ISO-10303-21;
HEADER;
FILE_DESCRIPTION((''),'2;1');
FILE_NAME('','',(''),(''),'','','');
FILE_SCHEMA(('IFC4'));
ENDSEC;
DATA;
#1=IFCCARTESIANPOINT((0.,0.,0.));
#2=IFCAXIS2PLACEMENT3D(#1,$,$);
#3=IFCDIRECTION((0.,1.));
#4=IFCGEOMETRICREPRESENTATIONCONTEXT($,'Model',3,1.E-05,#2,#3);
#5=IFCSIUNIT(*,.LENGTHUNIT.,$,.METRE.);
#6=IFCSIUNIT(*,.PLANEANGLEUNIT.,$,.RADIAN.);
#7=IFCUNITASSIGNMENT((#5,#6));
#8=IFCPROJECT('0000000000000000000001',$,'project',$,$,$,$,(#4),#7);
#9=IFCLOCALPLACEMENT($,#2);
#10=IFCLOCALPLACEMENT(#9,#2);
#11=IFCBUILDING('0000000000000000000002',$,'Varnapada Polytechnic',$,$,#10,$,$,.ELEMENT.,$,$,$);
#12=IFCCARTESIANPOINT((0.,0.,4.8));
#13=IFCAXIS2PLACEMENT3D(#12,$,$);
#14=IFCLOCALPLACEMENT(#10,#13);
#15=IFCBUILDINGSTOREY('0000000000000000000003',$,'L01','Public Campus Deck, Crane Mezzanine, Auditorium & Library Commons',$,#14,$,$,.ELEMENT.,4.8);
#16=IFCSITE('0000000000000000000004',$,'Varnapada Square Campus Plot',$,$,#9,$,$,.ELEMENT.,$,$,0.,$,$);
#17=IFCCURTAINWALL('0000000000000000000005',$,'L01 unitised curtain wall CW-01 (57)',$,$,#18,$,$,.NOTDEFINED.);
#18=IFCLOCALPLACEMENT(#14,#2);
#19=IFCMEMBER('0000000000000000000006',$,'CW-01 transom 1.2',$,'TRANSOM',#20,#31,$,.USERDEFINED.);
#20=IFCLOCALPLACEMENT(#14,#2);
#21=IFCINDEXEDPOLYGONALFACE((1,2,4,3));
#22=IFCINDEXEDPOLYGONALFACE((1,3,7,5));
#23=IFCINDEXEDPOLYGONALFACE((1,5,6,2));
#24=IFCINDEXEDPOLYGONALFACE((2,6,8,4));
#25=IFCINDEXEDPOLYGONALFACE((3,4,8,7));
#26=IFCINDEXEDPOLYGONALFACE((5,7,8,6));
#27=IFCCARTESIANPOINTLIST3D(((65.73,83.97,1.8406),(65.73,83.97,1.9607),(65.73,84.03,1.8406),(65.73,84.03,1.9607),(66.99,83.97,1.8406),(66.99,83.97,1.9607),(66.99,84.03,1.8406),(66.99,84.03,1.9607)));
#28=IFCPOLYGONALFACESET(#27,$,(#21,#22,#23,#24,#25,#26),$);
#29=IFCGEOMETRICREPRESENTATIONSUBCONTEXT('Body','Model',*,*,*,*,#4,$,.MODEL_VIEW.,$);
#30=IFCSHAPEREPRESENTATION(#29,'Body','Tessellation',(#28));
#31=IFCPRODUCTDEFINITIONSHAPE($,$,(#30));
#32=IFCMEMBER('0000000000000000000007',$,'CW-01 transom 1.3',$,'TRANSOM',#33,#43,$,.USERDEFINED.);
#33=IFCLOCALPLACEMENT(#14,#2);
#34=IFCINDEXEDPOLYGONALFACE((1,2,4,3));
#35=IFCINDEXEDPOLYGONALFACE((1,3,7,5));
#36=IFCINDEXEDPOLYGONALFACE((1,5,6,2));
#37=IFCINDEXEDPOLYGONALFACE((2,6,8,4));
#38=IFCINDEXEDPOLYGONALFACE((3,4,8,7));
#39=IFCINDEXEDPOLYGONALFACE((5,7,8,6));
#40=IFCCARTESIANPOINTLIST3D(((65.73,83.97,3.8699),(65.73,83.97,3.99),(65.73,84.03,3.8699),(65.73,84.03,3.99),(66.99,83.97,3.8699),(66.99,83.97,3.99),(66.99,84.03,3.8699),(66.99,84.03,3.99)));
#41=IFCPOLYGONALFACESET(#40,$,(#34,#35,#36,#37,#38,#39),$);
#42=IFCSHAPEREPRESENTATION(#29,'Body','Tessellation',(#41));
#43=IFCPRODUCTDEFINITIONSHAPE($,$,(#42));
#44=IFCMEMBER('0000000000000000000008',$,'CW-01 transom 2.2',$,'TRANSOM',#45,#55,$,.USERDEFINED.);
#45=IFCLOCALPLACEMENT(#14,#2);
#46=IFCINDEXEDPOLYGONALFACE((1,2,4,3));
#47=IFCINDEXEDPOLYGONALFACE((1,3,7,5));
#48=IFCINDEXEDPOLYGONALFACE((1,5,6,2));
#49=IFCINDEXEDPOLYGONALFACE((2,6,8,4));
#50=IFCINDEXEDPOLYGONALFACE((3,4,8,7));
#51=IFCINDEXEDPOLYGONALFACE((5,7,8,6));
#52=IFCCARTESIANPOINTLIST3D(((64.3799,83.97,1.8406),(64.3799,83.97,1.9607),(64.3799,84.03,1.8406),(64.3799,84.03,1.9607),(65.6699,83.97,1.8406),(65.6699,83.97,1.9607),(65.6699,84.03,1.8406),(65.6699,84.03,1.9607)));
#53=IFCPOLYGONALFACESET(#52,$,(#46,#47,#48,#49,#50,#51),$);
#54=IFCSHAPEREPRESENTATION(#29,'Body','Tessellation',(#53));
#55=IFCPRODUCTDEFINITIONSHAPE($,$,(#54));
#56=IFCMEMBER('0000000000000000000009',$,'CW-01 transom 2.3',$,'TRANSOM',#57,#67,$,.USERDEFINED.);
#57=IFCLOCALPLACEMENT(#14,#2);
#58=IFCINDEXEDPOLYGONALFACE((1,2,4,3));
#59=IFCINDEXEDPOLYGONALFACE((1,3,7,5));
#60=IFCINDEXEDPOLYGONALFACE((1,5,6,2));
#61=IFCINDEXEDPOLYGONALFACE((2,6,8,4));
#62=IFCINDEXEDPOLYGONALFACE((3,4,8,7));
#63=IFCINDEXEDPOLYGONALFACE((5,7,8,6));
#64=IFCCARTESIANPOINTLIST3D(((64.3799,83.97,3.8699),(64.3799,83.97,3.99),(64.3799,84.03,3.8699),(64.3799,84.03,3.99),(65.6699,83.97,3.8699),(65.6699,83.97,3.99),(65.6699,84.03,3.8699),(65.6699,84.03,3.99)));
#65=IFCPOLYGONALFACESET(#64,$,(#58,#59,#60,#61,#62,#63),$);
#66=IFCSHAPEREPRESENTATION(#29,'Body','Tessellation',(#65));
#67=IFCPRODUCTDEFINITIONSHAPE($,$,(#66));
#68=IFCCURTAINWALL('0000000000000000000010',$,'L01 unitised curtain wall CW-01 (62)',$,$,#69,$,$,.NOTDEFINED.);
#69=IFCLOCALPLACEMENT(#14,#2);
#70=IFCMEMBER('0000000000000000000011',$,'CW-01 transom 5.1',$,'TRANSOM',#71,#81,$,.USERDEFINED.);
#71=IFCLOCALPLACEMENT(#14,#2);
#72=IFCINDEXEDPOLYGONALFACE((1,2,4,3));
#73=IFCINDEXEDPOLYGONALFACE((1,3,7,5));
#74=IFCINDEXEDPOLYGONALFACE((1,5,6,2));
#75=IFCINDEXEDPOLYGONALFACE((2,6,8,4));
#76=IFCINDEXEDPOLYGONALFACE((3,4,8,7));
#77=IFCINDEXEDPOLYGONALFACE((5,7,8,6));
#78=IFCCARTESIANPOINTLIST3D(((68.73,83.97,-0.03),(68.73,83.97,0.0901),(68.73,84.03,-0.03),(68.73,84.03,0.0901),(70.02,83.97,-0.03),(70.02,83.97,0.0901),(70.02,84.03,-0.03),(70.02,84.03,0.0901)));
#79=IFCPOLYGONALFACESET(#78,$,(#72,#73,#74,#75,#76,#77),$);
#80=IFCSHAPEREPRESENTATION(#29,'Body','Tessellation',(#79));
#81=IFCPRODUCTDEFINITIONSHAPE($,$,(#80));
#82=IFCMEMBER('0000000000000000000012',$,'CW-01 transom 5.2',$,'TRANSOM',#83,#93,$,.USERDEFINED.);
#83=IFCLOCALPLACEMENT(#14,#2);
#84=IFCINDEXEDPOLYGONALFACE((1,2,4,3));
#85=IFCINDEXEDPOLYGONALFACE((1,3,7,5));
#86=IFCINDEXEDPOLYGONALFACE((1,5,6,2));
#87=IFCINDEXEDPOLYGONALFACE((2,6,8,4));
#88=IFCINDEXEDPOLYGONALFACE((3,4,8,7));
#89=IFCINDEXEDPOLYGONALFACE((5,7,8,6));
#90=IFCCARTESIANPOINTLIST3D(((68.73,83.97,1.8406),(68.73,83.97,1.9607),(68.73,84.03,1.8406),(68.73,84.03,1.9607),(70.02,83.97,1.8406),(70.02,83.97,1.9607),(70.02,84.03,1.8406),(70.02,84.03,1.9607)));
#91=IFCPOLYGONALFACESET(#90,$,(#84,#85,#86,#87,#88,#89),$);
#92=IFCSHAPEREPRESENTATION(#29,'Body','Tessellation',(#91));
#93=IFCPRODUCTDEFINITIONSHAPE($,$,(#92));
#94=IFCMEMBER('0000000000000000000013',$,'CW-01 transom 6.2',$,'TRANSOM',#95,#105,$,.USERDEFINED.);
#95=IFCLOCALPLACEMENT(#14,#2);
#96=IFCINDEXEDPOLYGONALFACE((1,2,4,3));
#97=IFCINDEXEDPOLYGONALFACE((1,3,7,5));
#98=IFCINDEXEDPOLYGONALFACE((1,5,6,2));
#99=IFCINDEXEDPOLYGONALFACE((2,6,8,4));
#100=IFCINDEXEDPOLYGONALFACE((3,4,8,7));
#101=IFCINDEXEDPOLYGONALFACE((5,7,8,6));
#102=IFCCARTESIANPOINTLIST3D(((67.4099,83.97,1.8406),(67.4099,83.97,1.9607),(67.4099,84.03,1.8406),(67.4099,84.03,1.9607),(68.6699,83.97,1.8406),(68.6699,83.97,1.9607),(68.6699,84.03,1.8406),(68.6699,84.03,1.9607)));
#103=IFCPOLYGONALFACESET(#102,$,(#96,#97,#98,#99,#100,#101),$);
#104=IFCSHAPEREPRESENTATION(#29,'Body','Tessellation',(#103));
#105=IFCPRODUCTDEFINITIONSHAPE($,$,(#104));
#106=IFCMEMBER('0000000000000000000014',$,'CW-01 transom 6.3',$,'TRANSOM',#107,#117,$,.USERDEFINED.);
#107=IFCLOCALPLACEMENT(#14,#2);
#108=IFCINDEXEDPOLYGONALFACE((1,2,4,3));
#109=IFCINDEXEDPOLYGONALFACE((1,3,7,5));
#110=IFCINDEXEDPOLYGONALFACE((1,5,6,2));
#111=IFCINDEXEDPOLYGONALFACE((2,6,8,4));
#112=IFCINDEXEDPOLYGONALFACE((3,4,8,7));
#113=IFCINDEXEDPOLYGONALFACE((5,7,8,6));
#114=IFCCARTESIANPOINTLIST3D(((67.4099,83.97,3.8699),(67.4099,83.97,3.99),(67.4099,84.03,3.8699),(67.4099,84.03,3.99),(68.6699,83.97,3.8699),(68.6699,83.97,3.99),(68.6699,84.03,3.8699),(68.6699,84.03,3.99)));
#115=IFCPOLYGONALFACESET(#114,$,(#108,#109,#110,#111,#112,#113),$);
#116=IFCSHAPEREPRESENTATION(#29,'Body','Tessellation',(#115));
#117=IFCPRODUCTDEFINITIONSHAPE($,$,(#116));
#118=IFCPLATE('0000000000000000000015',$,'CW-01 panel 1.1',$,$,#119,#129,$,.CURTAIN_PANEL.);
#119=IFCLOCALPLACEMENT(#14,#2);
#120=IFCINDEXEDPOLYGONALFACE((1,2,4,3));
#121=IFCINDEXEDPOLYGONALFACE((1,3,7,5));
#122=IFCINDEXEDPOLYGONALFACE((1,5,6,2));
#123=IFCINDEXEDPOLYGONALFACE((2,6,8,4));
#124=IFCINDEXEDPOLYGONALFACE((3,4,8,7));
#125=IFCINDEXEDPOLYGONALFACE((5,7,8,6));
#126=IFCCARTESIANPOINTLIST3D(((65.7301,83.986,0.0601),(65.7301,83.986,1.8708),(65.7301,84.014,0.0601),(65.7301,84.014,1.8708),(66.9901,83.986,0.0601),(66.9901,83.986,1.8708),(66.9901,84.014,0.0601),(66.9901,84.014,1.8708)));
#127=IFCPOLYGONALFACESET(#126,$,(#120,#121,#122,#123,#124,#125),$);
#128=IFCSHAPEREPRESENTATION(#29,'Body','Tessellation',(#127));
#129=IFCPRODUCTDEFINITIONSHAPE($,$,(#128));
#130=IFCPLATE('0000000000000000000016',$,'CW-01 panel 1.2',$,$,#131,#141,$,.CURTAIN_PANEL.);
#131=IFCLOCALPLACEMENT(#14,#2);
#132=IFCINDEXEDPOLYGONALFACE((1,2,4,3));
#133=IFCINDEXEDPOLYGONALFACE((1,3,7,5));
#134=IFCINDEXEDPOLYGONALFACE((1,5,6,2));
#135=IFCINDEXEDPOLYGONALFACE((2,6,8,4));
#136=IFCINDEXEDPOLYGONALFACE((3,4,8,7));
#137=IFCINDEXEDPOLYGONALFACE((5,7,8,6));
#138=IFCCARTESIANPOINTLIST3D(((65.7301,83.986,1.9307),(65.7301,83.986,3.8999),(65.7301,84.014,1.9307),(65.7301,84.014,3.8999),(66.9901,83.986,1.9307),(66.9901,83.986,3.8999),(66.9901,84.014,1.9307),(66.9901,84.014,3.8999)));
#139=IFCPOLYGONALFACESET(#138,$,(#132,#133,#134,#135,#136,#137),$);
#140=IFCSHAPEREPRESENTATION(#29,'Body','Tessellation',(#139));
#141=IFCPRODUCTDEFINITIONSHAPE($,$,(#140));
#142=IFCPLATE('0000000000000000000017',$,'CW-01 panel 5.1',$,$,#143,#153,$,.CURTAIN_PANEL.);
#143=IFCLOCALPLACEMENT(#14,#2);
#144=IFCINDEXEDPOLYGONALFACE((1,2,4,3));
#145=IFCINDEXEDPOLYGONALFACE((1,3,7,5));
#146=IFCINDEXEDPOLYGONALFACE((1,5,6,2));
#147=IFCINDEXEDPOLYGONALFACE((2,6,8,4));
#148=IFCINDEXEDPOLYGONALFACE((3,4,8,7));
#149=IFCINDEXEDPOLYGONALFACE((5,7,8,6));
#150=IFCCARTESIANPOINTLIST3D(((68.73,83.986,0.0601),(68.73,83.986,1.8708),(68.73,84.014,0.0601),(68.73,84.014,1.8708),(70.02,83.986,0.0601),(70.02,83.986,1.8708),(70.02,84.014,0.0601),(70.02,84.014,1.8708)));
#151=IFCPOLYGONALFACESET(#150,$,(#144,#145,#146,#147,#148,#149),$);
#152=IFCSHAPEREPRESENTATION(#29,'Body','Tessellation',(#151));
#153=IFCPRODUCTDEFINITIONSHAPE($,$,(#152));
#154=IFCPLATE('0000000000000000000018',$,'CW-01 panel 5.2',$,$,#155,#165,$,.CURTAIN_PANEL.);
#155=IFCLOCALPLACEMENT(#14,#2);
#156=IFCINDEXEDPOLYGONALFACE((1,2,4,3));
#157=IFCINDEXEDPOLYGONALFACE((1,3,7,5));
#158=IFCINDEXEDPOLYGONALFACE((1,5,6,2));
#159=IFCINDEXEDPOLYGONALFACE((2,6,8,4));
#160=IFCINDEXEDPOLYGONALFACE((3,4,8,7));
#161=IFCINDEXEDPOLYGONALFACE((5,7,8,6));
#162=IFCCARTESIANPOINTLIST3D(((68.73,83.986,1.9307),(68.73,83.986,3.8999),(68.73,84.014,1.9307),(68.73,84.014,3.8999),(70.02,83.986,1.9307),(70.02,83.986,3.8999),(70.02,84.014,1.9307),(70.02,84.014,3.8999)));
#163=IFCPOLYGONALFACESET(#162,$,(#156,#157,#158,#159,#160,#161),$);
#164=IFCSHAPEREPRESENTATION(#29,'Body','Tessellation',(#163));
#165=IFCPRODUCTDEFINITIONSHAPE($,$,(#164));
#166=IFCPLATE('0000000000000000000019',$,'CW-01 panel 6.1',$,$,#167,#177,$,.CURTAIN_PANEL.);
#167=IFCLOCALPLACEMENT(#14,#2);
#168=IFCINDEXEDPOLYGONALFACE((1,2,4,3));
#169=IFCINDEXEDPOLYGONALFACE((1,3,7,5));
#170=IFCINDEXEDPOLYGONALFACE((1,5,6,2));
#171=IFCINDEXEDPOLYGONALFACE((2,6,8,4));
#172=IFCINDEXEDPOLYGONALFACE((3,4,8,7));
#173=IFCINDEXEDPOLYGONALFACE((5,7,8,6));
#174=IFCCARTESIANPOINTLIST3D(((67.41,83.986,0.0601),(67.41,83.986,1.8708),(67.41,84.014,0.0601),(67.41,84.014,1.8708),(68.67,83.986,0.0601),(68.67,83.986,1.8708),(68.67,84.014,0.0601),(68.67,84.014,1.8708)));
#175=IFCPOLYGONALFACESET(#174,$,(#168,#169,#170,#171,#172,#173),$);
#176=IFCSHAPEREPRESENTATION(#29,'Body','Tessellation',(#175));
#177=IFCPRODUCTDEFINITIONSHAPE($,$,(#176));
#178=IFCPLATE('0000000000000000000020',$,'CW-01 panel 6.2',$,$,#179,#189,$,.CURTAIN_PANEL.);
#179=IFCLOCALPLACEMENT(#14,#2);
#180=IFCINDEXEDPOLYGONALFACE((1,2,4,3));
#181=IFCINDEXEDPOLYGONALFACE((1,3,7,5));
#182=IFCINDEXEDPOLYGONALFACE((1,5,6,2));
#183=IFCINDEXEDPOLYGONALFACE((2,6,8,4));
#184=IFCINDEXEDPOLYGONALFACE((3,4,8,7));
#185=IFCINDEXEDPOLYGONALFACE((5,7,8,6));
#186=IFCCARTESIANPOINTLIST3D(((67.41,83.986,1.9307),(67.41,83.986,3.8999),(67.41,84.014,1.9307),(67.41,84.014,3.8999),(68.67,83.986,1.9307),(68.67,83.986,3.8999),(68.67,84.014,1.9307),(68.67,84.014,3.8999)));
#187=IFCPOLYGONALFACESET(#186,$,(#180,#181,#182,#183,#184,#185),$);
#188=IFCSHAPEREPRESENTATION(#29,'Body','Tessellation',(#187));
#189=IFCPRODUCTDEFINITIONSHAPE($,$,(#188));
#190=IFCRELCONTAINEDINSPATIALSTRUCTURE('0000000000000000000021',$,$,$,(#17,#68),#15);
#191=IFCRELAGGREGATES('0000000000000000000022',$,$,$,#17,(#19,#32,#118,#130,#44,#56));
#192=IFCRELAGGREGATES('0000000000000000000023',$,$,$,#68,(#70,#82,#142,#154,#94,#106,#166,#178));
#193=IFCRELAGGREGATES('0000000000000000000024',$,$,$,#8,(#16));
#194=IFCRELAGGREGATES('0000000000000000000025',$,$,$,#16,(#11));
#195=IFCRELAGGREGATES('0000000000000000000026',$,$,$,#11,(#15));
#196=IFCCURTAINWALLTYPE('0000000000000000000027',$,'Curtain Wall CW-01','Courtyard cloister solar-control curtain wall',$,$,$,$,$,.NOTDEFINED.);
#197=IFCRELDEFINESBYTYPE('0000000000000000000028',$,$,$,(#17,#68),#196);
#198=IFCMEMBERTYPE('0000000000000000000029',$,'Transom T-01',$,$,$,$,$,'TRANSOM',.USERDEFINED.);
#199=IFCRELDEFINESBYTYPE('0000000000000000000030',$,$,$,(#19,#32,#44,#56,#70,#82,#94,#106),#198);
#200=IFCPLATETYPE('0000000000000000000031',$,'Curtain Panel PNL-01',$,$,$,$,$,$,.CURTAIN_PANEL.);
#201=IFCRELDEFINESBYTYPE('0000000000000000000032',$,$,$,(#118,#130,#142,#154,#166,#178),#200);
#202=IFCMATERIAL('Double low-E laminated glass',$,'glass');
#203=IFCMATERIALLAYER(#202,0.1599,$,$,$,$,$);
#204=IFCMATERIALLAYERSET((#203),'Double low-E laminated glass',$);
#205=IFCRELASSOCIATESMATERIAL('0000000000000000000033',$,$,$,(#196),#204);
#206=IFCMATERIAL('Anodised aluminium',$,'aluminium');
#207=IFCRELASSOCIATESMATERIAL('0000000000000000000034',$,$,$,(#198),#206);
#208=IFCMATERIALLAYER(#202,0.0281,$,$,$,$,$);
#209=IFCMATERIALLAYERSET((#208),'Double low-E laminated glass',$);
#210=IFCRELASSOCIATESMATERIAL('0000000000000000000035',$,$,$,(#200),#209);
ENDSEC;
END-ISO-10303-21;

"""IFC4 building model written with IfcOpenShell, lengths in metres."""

from ifc_helpers import new_model, si_unit, direction, frame, origin, origin_2d, place, context, subcontext, project, spatial, rectangle, extrude, material, layer, layer_set, material_profile, profile_set, type_object, element, aggregate, save


model = new_model("IFC4")

# Units and contexts
model_context = context("Model", 3, precision=1e-05, world=origin(), true_north=direction((0.0, 1.0)))
body_context = subcontext(model_context, "Body", "Model", "MODEL_VIEW")
ifc_project = project(units=[si_unit("LENGTHUNIT", "METRE"), si_unit("PLANEANGLEUNIT", "RADIAN")], contexts=[model_context])

# Site, building, storey
site_placement = place(None, origin())
site = spatial("IfcSite", under=ifc_project, at=site_placement, Name="Varnapada Square Campus Plot", CompositionType="ELEMENT", RefElevation=0.0)
building_placement = place(site_placement, origin())
building = spatial("IfcBuilding", under=site, at=building_placement, Name="Varnapada Polytechnic", CompositionType="ELEMENT")
storey_placement = place(building_placement, frame((0.0, 0.0, 4.8)))
storey = spatial("IfcBuildingStorey", under=building, at=storey_placement, Name="L01", Description="Public Campus Deck, Crane Mezzanine, Auditorium & Library Commons", CompositionType="ELEMENT", Elevation=4.8)

# Curtain walls, members
ifc_material_1 = material(Name="Double low-E laminated glass", Category="glass")
ifc_layer_1 = layer(ifc_material_1, 0.1599)
ifc_layer_set_1 = layer_set([ifc_layer_1], Name="Double low-E laminated glass")
curtain_wall_type = type_object("IfcCurtainWallType", Name="Curtain Wall CW-01", Description="Courtyard cloister solar-control curtain wall", PredefinedType="NOTDEFINED", material=ifc_layer_set_1)
curtain_wall_1_placement = place(storey_placement, origin())
curtain_wall_1 = element("IfcCurtainWall", 1, at=curtain_wall_1_placement, inside=storey, type_object=curtain_wall_type, Name="L01 unitised curtain wall CW-01 (57)", PredefinedType="NOTDEFINED")
ifc_material_2 = material(Name="Anodised aluminium", Category="aluminium")
ifc_material_profile = material_profile(ifc_material_2, rectangle(XDim=0.0601, YDim=0.1201, at=origin_2d()), Name="ALU T60x120")
ifc_profile_set = profile_set([ifc_material_profile], Name="Anodised aluminium")
member_type = type_object("IfcMemberType", Name="Transom T-01", ElementType="TRANSOM", PredefinedType="USERDEFINED", material=ifc_profile_set)
member_1_placement = place(storey_placement, frame((66.99, 84.0, 1.9006), z_axis=(-1.0, 0.0, 0.0), x_axis=(0.0, -1.0, 0.0)))
member_1 = element("IfcMember", 2, at=member_1_placement, type_object=member_type, Name="CW-01 transom 1.2", ObjectType="TRANSOM", PredefinedType="USERDEFINED", context=body_context, shape_type="SweptSolid", body=[
    extrude(rectangle(XDim=0.0601, YDim=0.1201, at=origin_2d()), origin(), (0.0, 0.0, 1.0), 1.26),
])
member_2_placement = place(storey_placement, frame((66.99, 84.0, 3.9299), z_axis=(-1.0, 0.0, 0.0), x_axis=(0.0, -1.0, 0.0)))
member_2 = element("IfcMember", 3, at=member_2_placement, type_object=member_type, Name="CW-01 transom 1.3", ObjectType="TRANSOM", PredefinedType="USERDEFINED", context=body_context, shape_type="SweptSolid", body=[
    extrude(rectangle(XDim=0.0601, YDim=0.1201, at=origin_2d()), origin(), (0.0, 0.0, 1.0), 1.26),
])
member_3_placement = place(storey_placement, frame((65.6699, 84.0, 1.9006), z_axis=(-1.0, 0.0, 0.0), x_axis=(0.0, -1.0, 0.0)))
member_3 = element("IfcMember", 4, at=member_3_placement, type_object=member_type, Name="CW-01 transom 2.2", ObjectType="TRANSOM", PredefinedType="USERDEFINED", context=body_context, shape_type="SweptSolid", body=[
    extrude(rectangle(XDim=0.0601, YDim=0.1201, at=origin_2d()), origin(), (0.0, 0.0, 1.0), 1.29),
])
member_4_placement = place(storey_placement, frame((65.6699, 84.0, 3.9299), z_axis=(-1.0, 0.0, 0.0), x_axis=(0.0, -1.0, 0.0)))
member_4 = element("IfcMember", 5, at=member_4_placement, type_object=member_type, Name="CW-01 transom 2.3", ObjectType="TRANSOM", PredefinedType="USERDEFINED", context=body_context, shape_type="SweptSolid", body=[
    extrude(rectangle(XDim=0.0601, YDim=0.1201, at=origin_2d()), origin(), (0.0, 0.0, 1.0), 1.29),
])
curtain_wall_2_placement = place(storey_placement, origin())
curtain_wall_2 = element("IfcCurtainWall", 6, at=curtain_wall_2_placement, inside=storey, type_object=curtain_wall_type, Name="L01 unitised curtain wall CW-01 (62)", PredefinedType="NOTDEFINED")
member_5_placement = place(storey_placement, frame((70.02, 84.0, 0.03), z_axis=(-1.0, 0.0, 0.0), x_axis=(0.0, -1.0, 0.0)))
member_5 = element("IfcMember", 7, at=member_5_placement, type_object=member_type, Name="CW-01 transom 5.1", ObjectType="TRANSOM", PredefinedType="USERDEFINED", context=body_context, shape_type="SweptSolid", body=[
    extrude(rectangle(XDim=0.0601, YDim=0.1201, at=origin_2d()), origin(), (0.0, 0.0, 1.0), 1.29),
])
member_6_placement = place(storey_placement, frame((70.02, 84.0, 1.9006), z_axis=(-1.0, 0.0, 0.0), x_axis=(0.0, -1.0, 0.0)))
member_6 = element("IfcMember", 8, at=member_6_placement, type_object=member_type, Name="CW-01 transom 5.2", ObjectType="TRANSOM", PredefinedType="USERDEFINED", context=body_context, shape_type="SweptSolid", body=[
    extrude(rectangle(XDim=0.0601, YDim=0.1201, at=origin_2d()), origin(), (0.0, 0.0, 1.0), 1.29),
])
member_7_placement = place(storey_placement, frame((68.6699, 84.0, 1.9006), z_axis=(-1.0, 0.0, 0.0), x_axis=(0.0, -1.0, 0.0)))
member_7 = element("IfcMember", 9, at=member_7_placement, type_object=member_type, Name="CW-01 transom 6.2", ObjectType="TRANSOM", PredefinedType="USERDEFINED", context=body_context, shape_type="SweptSolid", body=[
    extrude(rectangle(XDim=0.0601, YDim=0.1201, at=origin_2d()), origin(), (0.0, 0.0, 1.0), 1.26),
])
member_8_placement = place(storey_placement, frame((68.6699, 84.0, 3.9299), z_axis=(-1.0, 0.0, 0.0), x_axis=(0.0, -1.0, 0.0)))
member_8 = element("IfcMember", 10, at=member_8_placement, type_object=member_type, Name="CW-01 transom 6.3", ObjectType="TRANSOM", PredefinedType="USERDEFINED", context=body_context, shape_type="SweptSolid", body=[
    extrude(rectangle(XDim=0.0601, YDim=0.1201, at=origin_2d()), origin(), (0.0, 0.0, 1.0), 1.26),
])

# Plates
ifc_layer_2 = layer(ifc_material_1, 0.0281)
ifc_layer_set_2 = layer_set([ifc_layer_2], Name="Double low-E laminated glass")
plate_type = type_object("IfcPlateType", Name="Curtain Panel PNL-01", PredefinedType="CURTAIN_PANEL", material=ifc_layer_set_2)
plate_1_placement = place(storey_placement, frame((66.3601, 84.0, 0.0601), z_axis=(0.0, 0.0, 1.0), x_axis=(-1.0, 0.0, 0.0)))
plate_1 = element("IfcPlate", 11, at=plate_1_placement, type_object=plate_type, Name="CW-01 panel 1.1", PredefinedType="CURTAIN_PANEL", context=body_context, shape_type="SweptSolid", body=[
    extrude(rectangle(XDim=1.26, YDim=0.0281, at=origin_2d()), origin(), (0.0, 0.0, 1.0), 1.8108),
])
plate_2_placement = place(storey_placement, frame((66.3601, 84.0, 1.9307), z_axis=(0.0, 0.0, 1.0), x_axis=(-1.0, 0.0, 0.0)))
plate_2 = element("IfcPlate", 12, at=plate_2_placement, type_object=plate_type, Name="CW-01 panel 1.2", PredefinedType="CURTAIN_PANEL", context=body_context, shape_type="SweptSolid", body=[
    extrude(rectangle(XDim=1.26, YDim=0.0281, at=origin_2d()), origin(), (0.0, 0.0, 1.0), 1.9692),
])
aggregate(curtain_wall_1, [member_1, member_2, plate_1, plate_2, member_3, member_4])
plate_3_placement = place(storey_placement, frame((69.375, 84.0, 0.0601), z_axis=(0.0, 0.0, 1.0), x_axis=(-1.0, 0.0, 0.0)))
plate_3 = element("IfcPlate", 13, at=plate_3_placement, type_object=plate_type, Name="CW-01 panel 5.1", PredefinedType="CURTAIN_PANEL", context=body_context, shape_type="SweptSolid", body=[
    extrude(rectangle(XDim=1.29, YDim=0.0281, at=origin_2d()), origin(), (0.0, 0.0, 1.0), 1.8108),
])
plate_4_placement = place(storey_placement, frame((69.375, 84.0, 1.9307), z_axis=(0.0, 0.0, 1.0), x_axis=(-1.0, 0.0, 0.0)))
plate_4 = element("IfcPlate", 14, at=plate_4_placement, type_object=plate_type, Name="CW-01 panel 5.2", PredefinedType="CURTAIN_PANEL", context=body_context, shape_type="SweptSolid", body=[
    extrude(rectangle(XDim=1.29, YDim=0.0281, at=origin_2d()), origin(), (0.0, 0.0, 1.0), 1.9692),
])
plate_5_placement = place(storey_placement, frame((68.04, 84.0, 0.0601), z_axis=(0.0, 0.0, 1.0), x_axis=(-1.0, 0.0, 0.0)))
plate_5 = element("IfcPlate", 15, at=plate_5_placement, type_object=plate_type, Name="CW-01 panel 6.1", PredefinedType="CURTAIN_PANEL", context=body_context, shape_type="SweptSolid", body=[
    extrude(rectangle(XDim=1.26, YDim=0.0281, at=origin_2d()), origin(), (0.0, 0.0, 1.0), 1.8108),
])
plate_6_placement = place(storey_placement, frame((68.04, 84.0, 1.9307), z_axis=(0.0, 0.0, 1.0), x_axis=(-1.0, 0.0, 0.0)))
plate_6 = element("IfcPlate", 16, at=plate_6_placement, type_object=plate_type, Name="CW-01 panel 6.2", PredefinedType="CURTAIN_PANEL", context=body_context, shape_type="SweptSolid", body=[
    extrude(rectangle(XDim=1.26, YDim=0.0281, at=origin_2d()), origin(), (0.0, 0.0, 1.0), 1.9692),
])
aggregate(curtain_wall_2, [member_5, member_6, plate_3, plate_4, member_7, member_8, plate_5, plate_6])

save(model, "model.ifc")
